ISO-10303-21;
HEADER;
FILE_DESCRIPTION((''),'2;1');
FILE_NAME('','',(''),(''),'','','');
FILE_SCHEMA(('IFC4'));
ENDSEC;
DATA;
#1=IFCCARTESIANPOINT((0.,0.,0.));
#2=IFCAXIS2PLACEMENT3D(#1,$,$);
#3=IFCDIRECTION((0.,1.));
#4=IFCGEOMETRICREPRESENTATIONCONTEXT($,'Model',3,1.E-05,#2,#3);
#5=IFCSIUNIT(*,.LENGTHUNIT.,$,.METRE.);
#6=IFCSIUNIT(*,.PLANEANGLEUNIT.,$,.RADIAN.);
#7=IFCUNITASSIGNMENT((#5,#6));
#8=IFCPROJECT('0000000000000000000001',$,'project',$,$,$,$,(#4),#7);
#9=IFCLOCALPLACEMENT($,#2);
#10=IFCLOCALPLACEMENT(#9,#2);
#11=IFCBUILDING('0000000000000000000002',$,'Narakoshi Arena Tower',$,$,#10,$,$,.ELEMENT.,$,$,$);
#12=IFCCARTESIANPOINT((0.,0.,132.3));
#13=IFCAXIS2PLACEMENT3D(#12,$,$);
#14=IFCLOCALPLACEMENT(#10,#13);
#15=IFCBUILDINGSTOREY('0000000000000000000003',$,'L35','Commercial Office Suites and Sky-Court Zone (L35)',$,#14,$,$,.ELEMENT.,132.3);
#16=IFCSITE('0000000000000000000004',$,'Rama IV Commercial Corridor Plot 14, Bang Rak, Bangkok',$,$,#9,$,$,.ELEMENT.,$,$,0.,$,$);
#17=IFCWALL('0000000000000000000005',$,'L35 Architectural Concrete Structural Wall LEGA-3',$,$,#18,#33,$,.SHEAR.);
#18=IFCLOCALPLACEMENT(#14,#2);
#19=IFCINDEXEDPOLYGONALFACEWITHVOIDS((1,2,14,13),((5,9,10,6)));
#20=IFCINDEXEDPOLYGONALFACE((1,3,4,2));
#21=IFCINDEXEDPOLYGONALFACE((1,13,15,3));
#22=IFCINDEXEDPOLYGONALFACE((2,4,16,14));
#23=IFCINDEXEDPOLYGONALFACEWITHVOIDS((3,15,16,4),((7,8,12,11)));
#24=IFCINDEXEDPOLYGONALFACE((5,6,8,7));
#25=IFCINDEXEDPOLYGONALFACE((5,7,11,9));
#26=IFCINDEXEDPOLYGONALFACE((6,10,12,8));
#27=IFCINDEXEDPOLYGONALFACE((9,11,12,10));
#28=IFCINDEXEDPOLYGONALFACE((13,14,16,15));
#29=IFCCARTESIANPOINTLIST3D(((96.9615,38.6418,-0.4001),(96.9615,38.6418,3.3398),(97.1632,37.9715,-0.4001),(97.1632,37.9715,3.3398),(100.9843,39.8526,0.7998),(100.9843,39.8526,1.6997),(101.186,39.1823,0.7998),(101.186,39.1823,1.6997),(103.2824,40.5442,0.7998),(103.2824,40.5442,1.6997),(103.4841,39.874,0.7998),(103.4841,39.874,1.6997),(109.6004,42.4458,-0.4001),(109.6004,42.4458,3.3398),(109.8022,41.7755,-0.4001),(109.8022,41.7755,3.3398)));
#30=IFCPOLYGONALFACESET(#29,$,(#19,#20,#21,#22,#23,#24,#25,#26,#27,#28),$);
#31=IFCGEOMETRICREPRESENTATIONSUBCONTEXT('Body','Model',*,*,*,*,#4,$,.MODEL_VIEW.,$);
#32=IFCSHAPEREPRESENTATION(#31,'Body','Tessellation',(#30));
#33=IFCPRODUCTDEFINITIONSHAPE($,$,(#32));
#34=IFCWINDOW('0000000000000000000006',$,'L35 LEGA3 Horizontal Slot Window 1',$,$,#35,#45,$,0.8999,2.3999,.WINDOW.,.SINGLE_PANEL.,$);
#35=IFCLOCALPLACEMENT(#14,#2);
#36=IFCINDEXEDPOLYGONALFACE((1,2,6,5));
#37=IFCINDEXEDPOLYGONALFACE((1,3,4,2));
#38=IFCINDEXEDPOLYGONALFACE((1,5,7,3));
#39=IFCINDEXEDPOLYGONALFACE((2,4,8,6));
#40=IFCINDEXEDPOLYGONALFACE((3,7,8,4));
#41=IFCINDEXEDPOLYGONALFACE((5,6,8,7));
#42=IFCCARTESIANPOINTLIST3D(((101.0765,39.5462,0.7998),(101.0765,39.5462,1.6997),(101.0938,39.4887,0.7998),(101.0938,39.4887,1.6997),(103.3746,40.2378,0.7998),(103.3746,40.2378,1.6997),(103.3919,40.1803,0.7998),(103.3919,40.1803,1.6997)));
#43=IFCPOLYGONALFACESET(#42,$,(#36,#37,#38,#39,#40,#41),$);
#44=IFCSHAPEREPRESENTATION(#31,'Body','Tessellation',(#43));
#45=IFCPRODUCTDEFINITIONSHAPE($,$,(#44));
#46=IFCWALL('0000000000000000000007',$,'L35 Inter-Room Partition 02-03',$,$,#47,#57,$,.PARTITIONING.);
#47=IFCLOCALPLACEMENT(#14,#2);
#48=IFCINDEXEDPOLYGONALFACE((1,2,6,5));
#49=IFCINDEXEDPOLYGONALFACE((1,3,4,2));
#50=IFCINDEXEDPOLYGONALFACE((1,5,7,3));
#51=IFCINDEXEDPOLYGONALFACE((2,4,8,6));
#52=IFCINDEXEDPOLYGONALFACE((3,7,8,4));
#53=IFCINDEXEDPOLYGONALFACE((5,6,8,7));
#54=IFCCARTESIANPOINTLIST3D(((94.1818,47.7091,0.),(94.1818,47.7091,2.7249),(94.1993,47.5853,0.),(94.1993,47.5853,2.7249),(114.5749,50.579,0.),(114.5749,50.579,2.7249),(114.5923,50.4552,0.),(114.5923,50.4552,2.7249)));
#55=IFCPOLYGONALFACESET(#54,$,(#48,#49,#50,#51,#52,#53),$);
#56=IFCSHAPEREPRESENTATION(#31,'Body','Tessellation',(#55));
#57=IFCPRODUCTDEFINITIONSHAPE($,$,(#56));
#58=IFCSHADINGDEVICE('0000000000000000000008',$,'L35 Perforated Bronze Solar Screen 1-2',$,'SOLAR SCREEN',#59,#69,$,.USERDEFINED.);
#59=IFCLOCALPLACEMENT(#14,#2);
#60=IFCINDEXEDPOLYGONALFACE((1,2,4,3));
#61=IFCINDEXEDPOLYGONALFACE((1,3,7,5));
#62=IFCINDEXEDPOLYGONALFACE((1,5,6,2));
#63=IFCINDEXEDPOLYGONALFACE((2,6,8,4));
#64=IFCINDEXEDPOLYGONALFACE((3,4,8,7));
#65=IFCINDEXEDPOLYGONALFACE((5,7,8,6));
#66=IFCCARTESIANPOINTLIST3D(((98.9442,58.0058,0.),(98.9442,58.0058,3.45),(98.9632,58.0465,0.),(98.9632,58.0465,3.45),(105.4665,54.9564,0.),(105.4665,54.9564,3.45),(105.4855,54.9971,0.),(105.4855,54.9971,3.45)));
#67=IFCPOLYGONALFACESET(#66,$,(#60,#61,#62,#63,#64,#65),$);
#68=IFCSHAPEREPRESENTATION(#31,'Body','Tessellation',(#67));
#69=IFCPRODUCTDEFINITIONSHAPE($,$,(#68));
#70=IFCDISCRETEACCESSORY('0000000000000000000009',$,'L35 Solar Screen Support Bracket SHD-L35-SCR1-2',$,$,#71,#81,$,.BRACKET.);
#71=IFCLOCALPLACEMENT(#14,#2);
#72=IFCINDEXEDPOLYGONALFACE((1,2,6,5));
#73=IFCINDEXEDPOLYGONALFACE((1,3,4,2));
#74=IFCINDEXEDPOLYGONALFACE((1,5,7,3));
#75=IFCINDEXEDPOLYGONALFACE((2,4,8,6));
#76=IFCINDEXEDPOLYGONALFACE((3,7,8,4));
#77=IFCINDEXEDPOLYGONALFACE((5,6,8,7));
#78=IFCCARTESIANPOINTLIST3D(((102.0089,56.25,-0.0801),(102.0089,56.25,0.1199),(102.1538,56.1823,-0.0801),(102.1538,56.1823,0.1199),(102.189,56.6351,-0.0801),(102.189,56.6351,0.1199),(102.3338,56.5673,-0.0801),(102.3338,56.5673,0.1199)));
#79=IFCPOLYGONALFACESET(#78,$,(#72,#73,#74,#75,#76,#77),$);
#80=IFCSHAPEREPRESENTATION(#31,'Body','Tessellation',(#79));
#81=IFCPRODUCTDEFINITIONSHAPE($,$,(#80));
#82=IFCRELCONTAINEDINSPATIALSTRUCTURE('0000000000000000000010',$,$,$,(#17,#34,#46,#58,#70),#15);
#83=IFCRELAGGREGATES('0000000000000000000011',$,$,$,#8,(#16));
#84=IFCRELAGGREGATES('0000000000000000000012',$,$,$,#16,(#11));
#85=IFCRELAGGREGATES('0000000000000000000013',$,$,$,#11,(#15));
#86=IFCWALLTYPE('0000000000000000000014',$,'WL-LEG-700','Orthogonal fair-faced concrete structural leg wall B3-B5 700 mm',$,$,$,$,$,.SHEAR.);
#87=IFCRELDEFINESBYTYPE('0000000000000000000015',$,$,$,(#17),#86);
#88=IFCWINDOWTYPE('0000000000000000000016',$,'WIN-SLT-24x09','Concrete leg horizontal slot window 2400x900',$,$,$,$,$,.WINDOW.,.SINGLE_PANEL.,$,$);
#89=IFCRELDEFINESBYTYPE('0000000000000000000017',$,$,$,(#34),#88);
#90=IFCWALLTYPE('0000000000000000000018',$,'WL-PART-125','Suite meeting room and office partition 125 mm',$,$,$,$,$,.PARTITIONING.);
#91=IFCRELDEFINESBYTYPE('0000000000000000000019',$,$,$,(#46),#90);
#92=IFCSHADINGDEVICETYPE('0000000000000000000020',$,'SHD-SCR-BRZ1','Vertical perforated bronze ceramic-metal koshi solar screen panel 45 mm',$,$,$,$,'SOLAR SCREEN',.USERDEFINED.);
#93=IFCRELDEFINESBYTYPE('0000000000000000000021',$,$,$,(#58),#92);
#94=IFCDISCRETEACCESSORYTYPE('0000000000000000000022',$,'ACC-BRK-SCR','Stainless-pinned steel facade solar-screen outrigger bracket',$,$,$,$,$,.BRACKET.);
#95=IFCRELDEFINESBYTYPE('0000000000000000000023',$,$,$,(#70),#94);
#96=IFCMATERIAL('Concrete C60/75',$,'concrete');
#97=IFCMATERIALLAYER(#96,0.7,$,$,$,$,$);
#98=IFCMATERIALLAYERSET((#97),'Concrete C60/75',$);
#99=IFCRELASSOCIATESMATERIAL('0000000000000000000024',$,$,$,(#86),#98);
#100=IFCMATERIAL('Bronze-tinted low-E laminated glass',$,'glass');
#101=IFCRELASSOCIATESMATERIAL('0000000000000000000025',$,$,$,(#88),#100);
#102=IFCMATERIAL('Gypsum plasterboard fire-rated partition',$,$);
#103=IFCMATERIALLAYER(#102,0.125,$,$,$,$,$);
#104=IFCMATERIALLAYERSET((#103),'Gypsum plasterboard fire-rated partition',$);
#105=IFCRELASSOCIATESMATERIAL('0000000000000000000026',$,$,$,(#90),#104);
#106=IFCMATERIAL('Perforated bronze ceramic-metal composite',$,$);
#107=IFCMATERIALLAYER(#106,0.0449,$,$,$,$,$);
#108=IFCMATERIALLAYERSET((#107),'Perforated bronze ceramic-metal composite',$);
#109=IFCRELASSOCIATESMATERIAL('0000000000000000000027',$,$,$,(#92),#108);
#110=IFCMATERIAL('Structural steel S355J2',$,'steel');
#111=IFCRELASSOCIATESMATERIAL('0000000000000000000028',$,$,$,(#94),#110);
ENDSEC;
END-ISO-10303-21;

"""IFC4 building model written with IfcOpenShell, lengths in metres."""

from ifc_helpers import new_model, si_unit, direction, frame, frame_2d, origin, origin_2d, place, context, subcontext, project, spatial, rectangle, extrude, material, layer, layer_set, type_object, element, fill, save


model = new_model("IFC4")

# Units and contexts
model_context = context("Model", 3, precision=1e-05, world=origin(), true_north=direction((0.0, 1.0)))
body_context = subcontext(model_context, "Body", "Model", "MODEL_VIEW")
ifc_project = project(units=[si_unit("LENGTHUNIT", "METRE"), si_unit("PLANEANGLEUNIT", "RADIAN")], contexts=[model_context])

# Site, building, storey
site_placement = place(None, origin())
site = spatial("IfcSite", under=ifc_project, at=site_placement, Name="Rama IV Commercial Corridor Plot 14, Bang Rak, Bangkok", CompositionType="ELEMENT", RefElevation=0.0)
building_placement = place(site_placement, origin())
building = spatial("IfcBuilding", under=site, at=building_placement, Name="Narakoshi Arena Tower", CompositionType="ELEMENT")
storey_placement = place(building_placement, frame((0.0, 0.0, 132.3)))
storey = spatial("IfcBuildingStorey", under=building, at=storey_placement, Name="L35", Description="Commercial Office Suites and Sky-Court Zone (L35)", CompositionType="ELEMENT", Elevation=132.3)

# Shared definitions
ifc_material_1 = material(Name="Concrete C60/75", Category="concrete")

# Shared definitions
ifc_material_2 = material(Name="Structural steel S355J2", Category="steel")

# Shared definitions
ifc_material_3 = material(Name="Bronze-tinted low-E laminated glass", Category="glass")

# Shared definitions
ifc_material_4 = material(Name="Gypsum plasterboard fire-rated partition")

# Wall, opening, window
ifc_layer_1 = layer(ifc_material_1, 0.7)
ifc_layer_set_1 = layer_set([ifc_layer_1], Name="Concrete C60/75")
wall_type_1 = type_object("IfcWallType", Name="WL-LEG-700", Description="Orthogonal fair-faced concrete structural leg wall B3-B5 700 mm", PredefinedType="SHEAR", material=ifc_layer_set_1)
wall_1_placement = place(storey_placement, frame((97.0623, 38.3066, -0.4001), z_axis=(0.0, 0.0, 1.0), x_axis=(0.95757, 0.288201, 0.0)))
wall_1 = element("IfcWall", 1, at=wall_1_placement, inside=storey, type_object=wall_type_1, Name="L35 Architectural Concrete Structural Wall LEGA-3", PredefinedType="SHEAR", context=body_context, shape_type="SweptSolid", body=[
    extrude(rectangle(XDim=13.199, YDim=0.7, at=frame_2d((6.5996, 0.0))), origin(), (0.0, 0.0, 1.0), 3.74),
])
opening_1_placement = place(wall_1_placement, frame((4.2012, 0.0, 1.2)))
opening_1 = element("IfcOpeningElement", 2, at=opening_1_placement, cuts=wall_1, PredefinedType="OPENING", context=body_context, shape_type="SweptSolid", body=[
    extrude(rectangle(XDim=2.3999, YDim=0.8999, at=frame_2d((1.2, 0.45))), frame((0.0, 0.3599, 0.0), z_axis=(0.0, -1.0, 0.0), x_axis=(1.0, 0.0, 0.0)), (0.0, 0.0, 1.0), 0.72),
])
window_type = type_object("IfcWindowType", Name="WIN-SLT-24x09", Description="Concrete leg horizontal slot window 2400x900", PartitioningType="SINGLE_PANEL", PredefinedType="WINDOW", material=ifc_material_3)
window_placement = place(opening_1_placement, origin())
window = element("IfcWindow", 3, at=window_placement, inside=storey, type_object=window_type, Name="L35 LEGA3 Horizontal Slot Window 1", OverallHeight=0.8999, OverallWidth=2.3999, PartitioningType="SINGLE_PANEL", PredefinedType="WINDOW", context=body_context, shape_type="SweptSolid", body=[
    extrude(rectangle(XDim=2.3999, YDim=0.8999, at=frame_2d((1.2, 0.45))), frame((0.0, 0.03, 0.0), z_axis=(0.0, -1.0, 0.0), x_axis=(1.0, 0.0, 0.0)), (0.0, 0.0, 1.0), 0.0601),
])
fill(opening_1, window)

# Wall
ifc_layer_2 = layer(ifc_material_4, 0.125)
ifc_layer_set_2 = layer_set([ifc_layer_2], Name="Gypsum plasterboard fire-rated partition")
wall_type_2 = type_object("IfcWallType", Name="WL-PART-125", Description="Suite meeting room and office partition 125 mm", PredefinedType="PARTITIONING", material=ifc_layer_set_2)
wall_2_placement = place(storey_placement, frame((94.1907, 47.6472, 0.0), z_axis=(0.0, 0.0, 1.0), x_axis=(0.990243, 0.139355, 0.0)))
element("IfcWall", 4, at=wall_2_placement, inside=storey, type_object=wall_type_2, Name="L35 Inter-Room Partition 02-03", PredefinedType="PARTITIONING", context=body_context, shape_type="SweptSolid", body=[
    extrude(rectangle(XDim=20.594, YDim=0.125, at=frame_2d((10.2969, 0.0))), origin(), (0.0, 0.0, 1.0), 2.7249),
])

# Shading device
ifc_material_5 = material(Name="Perforated bronze ceramic-metal composite")
ifc_layer_3 = layer(ifc_material_5, 0.0449)
ifc_layer_set_3 = layer_set([ifc_layer_3], Name="Perforated bronze ceramic-metal composite")
shading_device_type = type_object("IfcShadingDeviceType", Name="SHD-SCR-BRZ1", Description="Vertical perforated bronze ceramic-metal koshi solar screen panel 45 mm", ElementType="SOLAR SCREEN", PredefinedType="USERDEFINED", material=ifc_layer_set_3)
shading_device_placement = place(storey_placement, frame((102.2148, 56.5015, 0.0), z_axis=(0.0, 0.0, 1.0), x_axis=(-0.90588, 0.423535, 0.0)))
element("IfcShadingDevice", 5, at=shading_device_placement, inside=storey, type_object=shading_device_type, Name="L35 Perforated Bronze Solar Screen 1-2", ObjectType="SOLAR SCREEN", PredefinedType="USERDEFINED", context=body_context, shape_type="SweptSolid", body=[
    extrude(rectangle(XDim=7.2, YDim=0.0449, at=origin_2d()), origin(), (0.0, 0.0, 1.0), 3.45),
])

# Discrete accessory
discrete_accessory_type = type_object("IfcDiscreteAccessoryType", Name="ACC-BRK-SCR", Description="Stainless-pinned steel facade solar-screen outrigger bracket", PredefinedType="BRACKET", material=ifc_material_2)
discrete_accessory_placement = place(storey_placement, frame((102.1714, 56.4087, -0.0801), z_axis=(0.0, 0.0, 1.0), x_axis=(-0.90588, 0.423535, 0.0)))
element("IfcDiscreteAccessory", 6, at=discrete_accessory_placement, inside=storey, type_object=discrete_accessory_type, Name="L35 Solar Screen Support Bracket SHD-L35-SCR1-2", PredefinedType="BRACKET", context=body_context, shape_type="SweptSolid", body=[
    extrude(rectangle(XDim=0.1599, YDim=0.425, at=origin_2d()), origin(), (0.0, 0.0, 1.0), 0.2),
])

save(model, "model.ifc")
